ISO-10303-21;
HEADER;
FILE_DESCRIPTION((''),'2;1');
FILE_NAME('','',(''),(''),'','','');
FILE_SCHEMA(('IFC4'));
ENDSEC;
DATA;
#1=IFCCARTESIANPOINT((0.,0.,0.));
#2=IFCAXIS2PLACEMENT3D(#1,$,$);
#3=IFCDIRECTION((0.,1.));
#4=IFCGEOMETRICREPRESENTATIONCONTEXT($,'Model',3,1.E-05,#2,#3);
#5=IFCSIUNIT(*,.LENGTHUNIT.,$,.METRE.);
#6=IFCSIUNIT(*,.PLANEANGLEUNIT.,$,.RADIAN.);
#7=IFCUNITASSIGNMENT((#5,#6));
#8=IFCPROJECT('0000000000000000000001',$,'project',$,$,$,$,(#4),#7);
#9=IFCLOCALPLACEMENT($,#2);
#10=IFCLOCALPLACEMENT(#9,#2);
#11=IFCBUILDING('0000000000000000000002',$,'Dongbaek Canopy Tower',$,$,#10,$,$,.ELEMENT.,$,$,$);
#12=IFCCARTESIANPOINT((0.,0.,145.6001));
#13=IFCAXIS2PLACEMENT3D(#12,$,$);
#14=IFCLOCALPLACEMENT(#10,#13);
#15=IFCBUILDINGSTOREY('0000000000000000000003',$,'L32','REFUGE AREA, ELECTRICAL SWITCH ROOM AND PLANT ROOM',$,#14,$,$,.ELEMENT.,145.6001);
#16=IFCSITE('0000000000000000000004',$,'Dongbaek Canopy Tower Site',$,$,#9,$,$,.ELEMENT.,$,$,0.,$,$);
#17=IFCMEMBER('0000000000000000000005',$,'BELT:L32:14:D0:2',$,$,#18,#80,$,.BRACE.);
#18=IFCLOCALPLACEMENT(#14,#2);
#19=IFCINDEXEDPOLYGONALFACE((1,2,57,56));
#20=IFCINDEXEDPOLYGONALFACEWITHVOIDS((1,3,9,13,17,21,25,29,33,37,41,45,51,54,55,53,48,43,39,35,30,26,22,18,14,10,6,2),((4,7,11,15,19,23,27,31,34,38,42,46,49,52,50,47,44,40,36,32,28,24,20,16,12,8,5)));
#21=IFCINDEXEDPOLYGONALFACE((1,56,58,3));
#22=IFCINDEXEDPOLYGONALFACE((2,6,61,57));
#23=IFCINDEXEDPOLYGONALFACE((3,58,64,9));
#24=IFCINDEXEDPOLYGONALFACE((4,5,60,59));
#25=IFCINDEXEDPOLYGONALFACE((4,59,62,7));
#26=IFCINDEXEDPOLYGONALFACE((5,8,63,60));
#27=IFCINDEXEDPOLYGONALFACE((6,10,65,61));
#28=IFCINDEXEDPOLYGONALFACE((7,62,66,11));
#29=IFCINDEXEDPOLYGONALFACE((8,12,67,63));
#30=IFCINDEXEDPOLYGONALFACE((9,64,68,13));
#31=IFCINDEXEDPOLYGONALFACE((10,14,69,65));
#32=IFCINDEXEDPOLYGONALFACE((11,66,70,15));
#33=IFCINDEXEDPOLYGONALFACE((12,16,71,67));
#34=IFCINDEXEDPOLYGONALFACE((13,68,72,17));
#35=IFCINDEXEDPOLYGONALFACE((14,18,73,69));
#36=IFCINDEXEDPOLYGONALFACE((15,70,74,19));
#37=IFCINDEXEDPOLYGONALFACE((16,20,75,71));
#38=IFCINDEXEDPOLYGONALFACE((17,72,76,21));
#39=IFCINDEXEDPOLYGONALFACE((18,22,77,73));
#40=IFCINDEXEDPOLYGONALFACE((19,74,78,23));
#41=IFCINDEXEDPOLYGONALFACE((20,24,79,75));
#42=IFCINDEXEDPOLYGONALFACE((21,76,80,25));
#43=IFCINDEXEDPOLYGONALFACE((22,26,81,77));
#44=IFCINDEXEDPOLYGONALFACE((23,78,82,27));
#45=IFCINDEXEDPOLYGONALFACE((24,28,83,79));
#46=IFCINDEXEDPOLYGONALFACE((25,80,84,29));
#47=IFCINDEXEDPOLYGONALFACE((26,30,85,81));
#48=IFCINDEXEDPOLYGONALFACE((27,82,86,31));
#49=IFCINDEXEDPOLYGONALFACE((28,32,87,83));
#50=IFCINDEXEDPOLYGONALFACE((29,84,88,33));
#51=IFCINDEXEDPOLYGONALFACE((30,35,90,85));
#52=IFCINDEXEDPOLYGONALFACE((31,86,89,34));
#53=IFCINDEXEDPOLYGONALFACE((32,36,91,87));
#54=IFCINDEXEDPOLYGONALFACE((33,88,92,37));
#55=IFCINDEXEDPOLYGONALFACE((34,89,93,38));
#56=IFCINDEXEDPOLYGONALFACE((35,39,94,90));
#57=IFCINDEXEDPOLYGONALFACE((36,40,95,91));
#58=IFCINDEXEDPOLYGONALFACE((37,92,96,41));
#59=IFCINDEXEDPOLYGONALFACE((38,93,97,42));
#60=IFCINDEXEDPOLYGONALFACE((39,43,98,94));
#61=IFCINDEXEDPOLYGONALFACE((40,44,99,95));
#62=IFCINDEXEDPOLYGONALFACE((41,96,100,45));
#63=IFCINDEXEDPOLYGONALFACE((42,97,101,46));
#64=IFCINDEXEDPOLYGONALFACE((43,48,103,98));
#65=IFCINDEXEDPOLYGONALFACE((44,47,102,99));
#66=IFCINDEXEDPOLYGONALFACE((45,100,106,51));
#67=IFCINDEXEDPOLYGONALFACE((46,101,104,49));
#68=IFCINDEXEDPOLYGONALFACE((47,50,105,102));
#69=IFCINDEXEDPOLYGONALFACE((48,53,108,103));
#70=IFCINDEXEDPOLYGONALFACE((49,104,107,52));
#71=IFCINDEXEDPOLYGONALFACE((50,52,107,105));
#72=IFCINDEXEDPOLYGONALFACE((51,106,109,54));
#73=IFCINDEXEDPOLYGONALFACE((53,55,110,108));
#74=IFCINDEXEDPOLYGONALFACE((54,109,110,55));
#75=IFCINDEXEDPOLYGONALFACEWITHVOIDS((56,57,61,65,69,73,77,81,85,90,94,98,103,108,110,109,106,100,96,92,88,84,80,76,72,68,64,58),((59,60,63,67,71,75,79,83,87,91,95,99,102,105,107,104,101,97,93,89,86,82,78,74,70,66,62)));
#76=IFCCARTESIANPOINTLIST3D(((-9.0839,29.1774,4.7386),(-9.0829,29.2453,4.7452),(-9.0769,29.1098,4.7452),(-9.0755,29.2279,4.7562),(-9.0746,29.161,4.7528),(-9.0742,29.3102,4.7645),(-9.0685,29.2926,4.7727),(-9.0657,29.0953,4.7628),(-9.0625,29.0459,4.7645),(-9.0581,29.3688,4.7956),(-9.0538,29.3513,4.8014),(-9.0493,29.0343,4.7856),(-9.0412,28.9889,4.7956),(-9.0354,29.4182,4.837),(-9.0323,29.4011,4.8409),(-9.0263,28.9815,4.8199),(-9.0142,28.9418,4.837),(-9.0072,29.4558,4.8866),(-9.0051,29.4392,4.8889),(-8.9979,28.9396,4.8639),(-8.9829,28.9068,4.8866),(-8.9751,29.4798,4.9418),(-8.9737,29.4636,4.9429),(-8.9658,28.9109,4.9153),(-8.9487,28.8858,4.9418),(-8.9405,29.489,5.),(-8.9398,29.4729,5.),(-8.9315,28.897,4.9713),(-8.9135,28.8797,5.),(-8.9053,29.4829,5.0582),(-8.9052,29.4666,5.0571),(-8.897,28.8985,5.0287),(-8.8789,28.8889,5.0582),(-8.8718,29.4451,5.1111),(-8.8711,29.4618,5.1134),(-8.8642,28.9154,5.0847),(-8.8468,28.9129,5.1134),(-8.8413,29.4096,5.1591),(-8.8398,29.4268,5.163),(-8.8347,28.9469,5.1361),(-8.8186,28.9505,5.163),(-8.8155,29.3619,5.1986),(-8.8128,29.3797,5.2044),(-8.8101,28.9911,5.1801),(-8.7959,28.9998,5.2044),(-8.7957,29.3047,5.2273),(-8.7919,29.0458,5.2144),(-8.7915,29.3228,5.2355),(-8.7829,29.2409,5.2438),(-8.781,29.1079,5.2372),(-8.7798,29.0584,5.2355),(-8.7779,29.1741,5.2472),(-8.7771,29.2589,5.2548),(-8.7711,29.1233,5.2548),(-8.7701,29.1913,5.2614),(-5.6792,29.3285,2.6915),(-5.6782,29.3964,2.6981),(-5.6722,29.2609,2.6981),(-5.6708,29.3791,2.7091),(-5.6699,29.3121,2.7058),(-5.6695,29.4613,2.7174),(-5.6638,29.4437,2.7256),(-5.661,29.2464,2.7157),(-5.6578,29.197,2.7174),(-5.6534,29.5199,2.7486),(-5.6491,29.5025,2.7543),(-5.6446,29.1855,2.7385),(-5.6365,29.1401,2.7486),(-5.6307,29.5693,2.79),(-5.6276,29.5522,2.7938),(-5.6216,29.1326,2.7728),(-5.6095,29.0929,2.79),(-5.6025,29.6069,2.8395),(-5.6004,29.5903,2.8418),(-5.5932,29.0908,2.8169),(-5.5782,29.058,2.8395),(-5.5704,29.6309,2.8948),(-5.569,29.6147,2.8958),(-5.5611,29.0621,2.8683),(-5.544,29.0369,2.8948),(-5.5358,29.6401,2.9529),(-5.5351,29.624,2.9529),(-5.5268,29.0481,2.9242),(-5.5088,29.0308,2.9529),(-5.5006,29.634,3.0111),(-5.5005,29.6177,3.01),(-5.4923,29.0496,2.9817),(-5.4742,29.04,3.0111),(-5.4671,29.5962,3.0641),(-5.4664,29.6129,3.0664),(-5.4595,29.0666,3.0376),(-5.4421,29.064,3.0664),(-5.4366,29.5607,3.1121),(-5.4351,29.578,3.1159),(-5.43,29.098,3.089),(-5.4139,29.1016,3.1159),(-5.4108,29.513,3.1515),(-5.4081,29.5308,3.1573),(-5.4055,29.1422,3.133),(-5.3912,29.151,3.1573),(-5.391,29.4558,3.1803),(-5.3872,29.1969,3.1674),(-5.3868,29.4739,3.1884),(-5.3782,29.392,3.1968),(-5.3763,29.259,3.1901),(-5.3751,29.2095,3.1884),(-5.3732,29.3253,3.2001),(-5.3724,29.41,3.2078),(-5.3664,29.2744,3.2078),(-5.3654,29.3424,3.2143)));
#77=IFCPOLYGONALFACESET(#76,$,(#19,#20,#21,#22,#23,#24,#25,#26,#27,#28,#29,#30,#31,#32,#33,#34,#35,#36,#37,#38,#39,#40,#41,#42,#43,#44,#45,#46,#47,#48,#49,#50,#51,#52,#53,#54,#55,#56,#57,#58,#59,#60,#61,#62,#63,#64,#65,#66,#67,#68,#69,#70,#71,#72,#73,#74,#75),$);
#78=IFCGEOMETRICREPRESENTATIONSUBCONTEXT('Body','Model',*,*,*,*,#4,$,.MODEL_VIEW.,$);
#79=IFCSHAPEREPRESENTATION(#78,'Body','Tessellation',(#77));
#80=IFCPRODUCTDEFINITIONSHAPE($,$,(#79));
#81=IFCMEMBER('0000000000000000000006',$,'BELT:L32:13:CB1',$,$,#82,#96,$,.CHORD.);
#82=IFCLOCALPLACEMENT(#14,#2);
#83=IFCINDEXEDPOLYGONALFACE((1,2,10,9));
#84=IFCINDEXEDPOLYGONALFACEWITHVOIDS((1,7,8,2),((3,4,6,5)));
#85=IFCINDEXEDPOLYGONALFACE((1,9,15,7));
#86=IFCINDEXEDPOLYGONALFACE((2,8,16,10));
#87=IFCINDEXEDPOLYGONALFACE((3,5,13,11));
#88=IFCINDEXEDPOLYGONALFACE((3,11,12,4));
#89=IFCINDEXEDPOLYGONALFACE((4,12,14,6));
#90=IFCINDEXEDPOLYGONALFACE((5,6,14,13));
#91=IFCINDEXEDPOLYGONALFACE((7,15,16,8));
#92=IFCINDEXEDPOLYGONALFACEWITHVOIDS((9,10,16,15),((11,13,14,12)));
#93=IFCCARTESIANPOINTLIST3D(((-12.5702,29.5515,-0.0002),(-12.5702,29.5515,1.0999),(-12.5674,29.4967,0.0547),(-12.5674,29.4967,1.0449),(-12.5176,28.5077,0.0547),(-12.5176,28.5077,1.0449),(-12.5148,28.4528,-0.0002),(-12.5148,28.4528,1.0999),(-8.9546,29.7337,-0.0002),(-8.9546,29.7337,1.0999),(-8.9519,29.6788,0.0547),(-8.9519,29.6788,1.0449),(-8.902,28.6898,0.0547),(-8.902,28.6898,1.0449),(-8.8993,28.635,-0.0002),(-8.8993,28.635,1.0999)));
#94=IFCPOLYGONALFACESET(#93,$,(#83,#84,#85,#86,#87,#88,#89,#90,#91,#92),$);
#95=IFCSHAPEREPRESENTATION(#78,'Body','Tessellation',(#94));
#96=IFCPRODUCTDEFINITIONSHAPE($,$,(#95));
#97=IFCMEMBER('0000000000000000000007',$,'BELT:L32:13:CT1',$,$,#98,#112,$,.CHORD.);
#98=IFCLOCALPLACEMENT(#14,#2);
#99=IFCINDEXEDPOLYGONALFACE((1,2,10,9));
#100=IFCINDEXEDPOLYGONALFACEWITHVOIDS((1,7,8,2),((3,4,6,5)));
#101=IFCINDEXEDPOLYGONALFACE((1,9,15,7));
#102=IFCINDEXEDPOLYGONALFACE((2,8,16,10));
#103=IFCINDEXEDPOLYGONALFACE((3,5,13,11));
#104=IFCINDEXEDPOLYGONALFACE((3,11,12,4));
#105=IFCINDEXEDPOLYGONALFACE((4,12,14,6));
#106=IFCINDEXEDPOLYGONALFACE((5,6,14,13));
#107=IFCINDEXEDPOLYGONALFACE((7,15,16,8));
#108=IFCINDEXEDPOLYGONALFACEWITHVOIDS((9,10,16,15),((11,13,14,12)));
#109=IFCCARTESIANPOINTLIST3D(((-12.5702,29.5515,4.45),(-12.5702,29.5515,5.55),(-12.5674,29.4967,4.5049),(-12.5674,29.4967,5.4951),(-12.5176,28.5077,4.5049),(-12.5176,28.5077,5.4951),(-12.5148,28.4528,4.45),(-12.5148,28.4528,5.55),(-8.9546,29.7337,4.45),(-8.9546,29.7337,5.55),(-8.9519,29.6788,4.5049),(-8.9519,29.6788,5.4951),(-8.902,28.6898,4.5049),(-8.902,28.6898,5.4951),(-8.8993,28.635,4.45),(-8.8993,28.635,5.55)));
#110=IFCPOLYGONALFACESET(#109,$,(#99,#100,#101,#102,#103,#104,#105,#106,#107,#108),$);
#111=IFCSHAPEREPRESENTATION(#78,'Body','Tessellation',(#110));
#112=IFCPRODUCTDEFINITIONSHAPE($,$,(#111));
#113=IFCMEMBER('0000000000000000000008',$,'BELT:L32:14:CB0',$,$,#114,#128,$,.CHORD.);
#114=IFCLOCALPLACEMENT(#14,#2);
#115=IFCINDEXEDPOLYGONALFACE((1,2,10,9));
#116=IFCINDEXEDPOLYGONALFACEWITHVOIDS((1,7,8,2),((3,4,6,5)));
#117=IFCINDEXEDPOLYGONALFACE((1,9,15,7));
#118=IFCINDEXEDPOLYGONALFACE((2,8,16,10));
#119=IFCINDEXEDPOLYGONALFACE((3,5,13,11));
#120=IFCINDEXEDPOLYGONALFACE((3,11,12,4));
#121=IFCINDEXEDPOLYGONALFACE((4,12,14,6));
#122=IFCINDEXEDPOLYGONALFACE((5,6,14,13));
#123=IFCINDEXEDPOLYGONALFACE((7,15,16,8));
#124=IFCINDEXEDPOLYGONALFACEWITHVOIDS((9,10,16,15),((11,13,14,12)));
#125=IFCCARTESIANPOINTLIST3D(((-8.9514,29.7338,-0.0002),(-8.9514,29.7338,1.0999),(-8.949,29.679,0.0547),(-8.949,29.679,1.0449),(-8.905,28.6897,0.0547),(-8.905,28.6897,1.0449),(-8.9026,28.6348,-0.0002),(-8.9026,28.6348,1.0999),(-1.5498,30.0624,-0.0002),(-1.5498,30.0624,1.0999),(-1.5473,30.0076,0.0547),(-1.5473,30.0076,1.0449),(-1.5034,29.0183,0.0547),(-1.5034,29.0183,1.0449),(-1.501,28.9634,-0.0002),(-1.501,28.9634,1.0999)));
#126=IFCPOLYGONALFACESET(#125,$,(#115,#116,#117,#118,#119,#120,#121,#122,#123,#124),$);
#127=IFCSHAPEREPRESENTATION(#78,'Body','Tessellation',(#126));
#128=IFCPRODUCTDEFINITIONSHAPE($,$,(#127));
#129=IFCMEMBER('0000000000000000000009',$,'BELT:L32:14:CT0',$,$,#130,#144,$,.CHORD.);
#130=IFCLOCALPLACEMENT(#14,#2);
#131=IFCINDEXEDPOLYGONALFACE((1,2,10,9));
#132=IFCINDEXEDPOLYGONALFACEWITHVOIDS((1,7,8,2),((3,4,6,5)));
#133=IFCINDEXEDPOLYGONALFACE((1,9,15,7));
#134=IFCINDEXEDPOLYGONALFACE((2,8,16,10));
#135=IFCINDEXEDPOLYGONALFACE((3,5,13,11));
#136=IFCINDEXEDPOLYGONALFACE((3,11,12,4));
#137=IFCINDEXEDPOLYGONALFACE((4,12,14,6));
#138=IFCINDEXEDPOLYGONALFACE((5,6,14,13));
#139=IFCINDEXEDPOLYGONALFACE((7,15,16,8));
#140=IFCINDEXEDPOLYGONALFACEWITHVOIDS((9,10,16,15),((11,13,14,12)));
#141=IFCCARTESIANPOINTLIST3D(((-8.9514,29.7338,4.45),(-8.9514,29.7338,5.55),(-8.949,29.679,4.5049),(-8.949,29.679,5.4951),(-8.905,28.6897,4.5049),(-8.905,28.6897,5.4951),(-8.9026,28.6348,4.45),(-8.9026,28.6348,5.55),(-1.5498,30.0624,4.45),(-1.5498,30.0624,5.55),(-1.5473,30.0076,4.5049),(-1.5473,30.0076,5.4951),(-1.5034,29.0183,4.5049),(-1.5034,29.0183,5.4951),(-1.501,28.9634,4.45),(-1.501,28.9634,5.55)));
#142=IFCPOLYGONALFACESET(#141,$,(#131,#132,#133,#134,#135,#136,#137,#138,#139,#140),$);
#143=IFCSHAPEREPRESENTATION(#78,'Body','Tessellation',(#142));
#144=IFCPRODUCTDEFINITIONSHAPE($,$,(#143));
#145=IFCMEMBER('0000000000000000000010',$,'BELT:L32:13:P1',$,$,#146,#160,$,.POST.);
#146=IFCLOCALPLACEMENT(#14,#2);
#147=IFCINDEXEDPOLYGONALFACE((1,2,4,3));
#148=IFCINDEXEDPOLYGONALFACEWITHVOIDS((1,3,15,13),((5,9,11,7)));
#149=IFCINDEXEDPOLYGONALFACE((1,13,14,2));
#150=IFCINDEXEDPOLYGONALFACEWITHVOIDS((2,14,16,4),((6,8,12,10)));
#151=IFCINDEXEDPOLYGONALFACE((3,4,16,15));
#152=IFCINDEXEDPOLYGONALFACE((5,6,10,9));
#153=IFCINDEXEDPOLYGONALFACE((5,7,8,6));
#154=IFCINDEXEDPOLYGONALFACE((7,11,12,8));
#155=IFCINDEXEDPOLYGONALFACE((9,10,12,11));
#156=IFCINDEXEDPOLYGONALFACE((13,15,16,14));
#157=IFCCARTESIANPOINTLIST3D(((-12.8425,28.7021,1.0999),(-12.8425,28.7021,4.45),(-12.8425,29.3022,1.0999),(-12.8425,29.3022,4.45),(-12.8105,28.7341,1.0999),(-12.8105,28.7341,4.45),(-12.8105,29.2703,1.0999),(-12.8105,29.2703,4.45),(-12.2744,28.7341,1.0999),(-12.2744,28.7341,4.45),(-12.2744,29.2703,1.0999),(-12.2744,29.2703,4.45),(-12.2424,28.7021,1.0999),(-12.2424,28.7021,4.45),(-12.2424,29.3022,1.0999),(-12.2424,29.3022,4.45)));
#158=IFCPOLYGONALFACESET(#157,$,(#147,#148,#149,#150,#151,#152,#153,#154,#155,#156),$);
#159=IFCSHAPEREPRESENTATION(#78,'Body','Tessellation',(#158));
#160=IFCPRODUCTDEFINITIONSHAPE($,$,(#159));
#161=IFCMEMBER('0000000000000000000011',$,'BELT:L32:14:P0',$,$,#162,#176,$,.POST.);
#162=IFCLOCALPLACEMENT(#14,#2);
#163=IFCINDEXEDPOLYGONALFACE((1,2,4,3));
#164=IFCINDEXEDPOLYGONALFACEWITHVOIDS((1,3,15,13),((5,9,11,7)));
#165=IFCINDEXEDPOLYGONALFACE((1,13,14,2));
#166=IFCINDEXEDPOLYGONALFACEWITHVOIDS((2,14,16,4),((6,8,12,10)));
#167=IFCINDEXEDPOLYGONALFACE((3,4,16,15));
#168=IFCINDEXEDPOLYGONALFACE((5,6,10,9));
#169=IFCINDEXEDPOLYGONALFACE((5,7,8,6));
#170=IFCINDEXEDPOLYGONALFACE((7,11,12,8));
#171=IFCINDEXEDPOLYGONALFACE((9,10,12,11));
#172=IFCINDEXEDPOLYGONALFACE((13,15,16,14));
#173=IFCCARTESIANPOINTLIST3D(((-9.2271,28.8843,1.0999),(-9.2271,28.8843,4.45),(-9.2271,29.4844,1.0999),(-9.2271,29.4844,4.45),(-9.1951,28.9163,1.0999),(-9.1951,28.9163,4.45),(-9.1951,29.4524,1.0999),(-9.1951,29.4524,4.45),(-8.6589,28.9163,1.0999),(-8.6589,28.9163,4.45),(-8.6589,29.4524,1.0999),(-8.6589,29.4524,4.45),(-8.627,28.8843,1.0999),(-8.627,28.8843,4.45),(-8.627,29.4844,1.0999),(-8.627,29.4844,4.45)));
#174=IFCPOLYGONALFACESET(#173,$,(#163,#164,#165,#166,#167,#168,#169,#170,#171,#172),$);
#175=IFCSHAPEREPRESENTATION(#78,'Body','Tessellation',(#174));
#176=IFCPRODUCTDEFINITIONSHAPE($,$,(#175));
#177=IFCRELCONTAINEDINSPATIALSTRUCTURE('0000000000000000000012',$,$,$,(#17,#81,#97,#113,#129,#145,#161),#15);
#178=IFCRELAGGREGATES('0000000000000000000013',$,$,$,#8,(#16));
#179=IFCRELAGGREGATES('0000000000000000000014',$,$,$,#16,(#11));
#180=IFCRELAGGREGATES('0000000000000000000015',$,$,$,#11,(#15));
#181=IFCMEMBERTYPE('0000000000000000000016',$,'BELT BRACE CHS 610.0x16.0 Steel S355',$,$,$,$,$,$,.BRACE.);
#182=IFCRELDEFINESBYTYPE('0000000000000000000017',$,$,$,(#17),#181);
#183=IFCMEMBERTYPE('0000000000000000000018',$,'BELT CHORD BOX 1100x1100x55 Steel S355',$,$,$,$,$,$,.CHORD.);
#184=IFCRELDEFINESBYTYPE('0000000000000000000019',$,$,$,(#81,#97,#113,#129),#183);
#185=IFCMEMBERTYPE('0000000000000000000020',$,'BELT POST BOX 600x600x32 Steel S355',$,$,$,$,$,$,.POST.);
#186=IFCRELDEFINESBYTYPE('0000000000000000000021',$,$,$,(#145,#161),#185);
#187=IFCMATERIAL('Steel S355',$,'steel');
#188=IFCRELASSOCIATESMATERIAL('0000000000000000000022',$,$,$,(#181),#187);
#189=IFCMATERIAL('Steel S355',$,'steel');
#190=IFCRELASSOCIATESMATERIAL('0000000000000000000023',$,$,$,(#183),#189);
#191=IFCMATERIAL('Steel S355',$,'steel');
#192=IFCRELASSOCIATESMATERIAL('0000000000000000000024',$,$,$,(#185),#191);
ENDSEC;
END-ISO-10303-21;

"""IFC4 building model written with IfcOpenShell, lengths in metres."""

from ifc_helpers import new_model, si_unit, direction, frame, origin, origin_2d, place, context, subcontext, project, spatial, hollow_rectangle, hollow_circle, extrude, material, material_profile, profile_set, type_object, element, save


model = new_model("IFC4")

# Units and contexts
model_context = context("Model", 3, precision=1e-05, world=origin(), true_north=direction((0.0, 1.0)))
body_context = subcontext(model_context, "Body", "Model", "MODEL_VIEW")
ifc_project = project(units=[si_unit("LENGTHUNIT", "METRE"), si_unit("PLANEANGLEUNIT", "RADIAN")], contexts=[model_context])

# Site, building, storey
site_placement = place(None, origin())
site = spatial("IfcSite", under=ifc_project, at=site_placement, Name="Dongbaek Canopy Tower Site", CompositionType="ELEMENT", RefElevation=0.0)
building_placement = place(site_placement, origin())
building = spatial("IfcBuilding", under=site, at=building_placement, Name="Dongbaek Canopy Tower", CompositionType="ELEMENT")
storey_placement = place(building_placement, frame((0.0, 0.0, 145.6001)))
storey = spatial("IfcBuildingStorey", under=building, at=storey_placement, Name="L32", Description="REFUGE AREA, ELECTRICAL SWITCH ROOM AND PLANT ROOM", CompositionType="ELEMENT", Elevation=145.6001)

# Members
ifc_material_1 = material(Name="Steel S355", Category="steel")
ifc_material_profile_1 = material_profile(ifc_material_1, hollow_circle(Radius=0.3049, WallThickness=0.0161, at=origin_2d()), Name="BELT BRACE CHS 610.0x16.0 Steel S355")
ifc_profile_set_1 = profile_set([ifc_material_profile_1], Name="Steel S355")
member_type_1 = type_object("IfcMemberType", Name="BELT BRACE CHS 610.0x16.0 Steel S355", PredefinedType="BRACE", material=ifc_profile_set_1)
member_1_placement = place(storey_placement, frame((-8.927, 29.1843, 5.0), z_axis=(0.856401, 0.038012, -0.514909), x_axis=(-0.044342, 0.999016, 0.0)))
element("IfcMember", 1, at=member_1_placement, inside=storey, type_object=member_type_1, Name="BELT:L32:14:D0:2", PredefinedType="BRACE", context=body_context, shape_type="SweptSolid", body=[
    extrude(hollow_circle(Radius=0.3049, WallThickness=0.0161, at=origin_2d()), origin(), (0.0, 0.0, 1.0), 3.9756),
])
ifc_material_2 = material(Name="Steel S355", Category="steel")
ifc_material_profile_2 = material_profile(ifc_material_2, hollow_rectangle(XDim=1.1001, YDim=1.1001, WallThickness=0.0549, at=origin_2d()), Name="BELT CHORD BOX 1100x1100x55 Steel S355")
ifc_profile_set_2 = profile_set([ifc_material_profile_2], Name="Steel S355")
member_type_2 = type_object("IfcMemberType", Name="BELT CHORD BOX 1100x1100x55 Steel S355", PredefinedType="CHORD", material=ifc_profile_set_2)
for number, where, z_axis, x_axis, name in (
    (2, (-12.5425, 29.0022, 0.5498), (0.998734, 0.050311, 0.0), (-0.050311, 0.998734, 0.0), "BELT:L32:13:CB1"),
    (3, (-12.5425, 29.0022, 5.0), (0.998734, 0.050311, 0.0), (-0.050311, 0.998734, 0.0), "BELT:L32:13:CT1"),
):
    element("IfcMember", number, at=place(storey_placement, frame(where, z_axis=z_axis, x_axis=x_axis)), inside=storey, type_object=member_type_2, Name=name, PredefinedType="CHORD", context=body_context, shape_type="SweptSolid", body=[
        extrude(hollow_rectangle(XDim=1.1001, YDim=1.1001, WallThickness=0.0549, at=origin_2d()), origin(), (0.0, 0.0, 1.0), 3.6201),
    ])
for number, where, z_axis, x_axis, name in (
    (4, (-8.927, 29.1843, 0.5498), (0.999016, 0.044354, 0.0), (-0.044354, 0.999016, 0.0), "BELT:L32:14:CB0"),
    (5, (-8.927, 29.1843, 5.0), (0.999016, 0.044354, 0.0), (-0.044354, 0.999016, 0.0), "BELT:L32:14:CT0"),
):
    element("IfcMember", number, at=place(storey_placement, frame(where, z_axis=z_axis, x_axis=x_axis)), inside=storey, type_object=member_type_2, Name=name, PredefinedType="CHORD", context=body_context, shape_type="SweptSolid", body=[
        extrude(hollow_rectangle(XDim=1.1001, YDim=1.1001, WallThickness=0.0549, at=origin_2d()), origin(), (0.0, 0.0, 1.0), 7.4089),
    ])
ifc_material_3 = material(Name="Steel S355", Category="steel")
ifc_material_profile_3 = material_profile(ifc_material_3, hollow_rectangle(XDim=0.6001, YDim=0.6001, WallThickness=0.032, at=origin_2d()), Name="BELT POST BOX 600x600x32 Steel S355")
ifc_profile_set_3 = profile_set([ifc_material_profile_3], Name="Steel S355")
member_type_3 = type_object("IfcMemberType", Name="BELT POST BOX 600x600x32 Steel S355", PredefinedType="POST", material=ifc_profile_set_3)
for number, where, z_axis, x_axis, name in (
    (6, (-12.5425, 29.0022, 1.0999), (0.0, 0.0, 1.0), (1.0, 0.0, 0.0), "BELT:L32:13:P1"),
    (7, (-8.927, 29.1843, 1.0999), (0.0, 0.0, 1.0), (1.0, 0.0, 0.0), "BELT:L32:14:P0"),
):
    element("IfcMember", number, at=place(storey_placement, frame(where, z_axis=z_axis, x_axis=x_axis)), inside=storey, type_object=member_type_3, Name=name, PredefinedType="POST", context=body_context, shape_type="SweptSolid", body=[
        extrude(hollow_rectangle(XDim=0.6001, YDim=0.6001, WallThickness=0.032, at=origin_2d()), origin(), (0.0, 0.0, 1.0), 3.3501),
    ])

save(model, "model.ifc")
